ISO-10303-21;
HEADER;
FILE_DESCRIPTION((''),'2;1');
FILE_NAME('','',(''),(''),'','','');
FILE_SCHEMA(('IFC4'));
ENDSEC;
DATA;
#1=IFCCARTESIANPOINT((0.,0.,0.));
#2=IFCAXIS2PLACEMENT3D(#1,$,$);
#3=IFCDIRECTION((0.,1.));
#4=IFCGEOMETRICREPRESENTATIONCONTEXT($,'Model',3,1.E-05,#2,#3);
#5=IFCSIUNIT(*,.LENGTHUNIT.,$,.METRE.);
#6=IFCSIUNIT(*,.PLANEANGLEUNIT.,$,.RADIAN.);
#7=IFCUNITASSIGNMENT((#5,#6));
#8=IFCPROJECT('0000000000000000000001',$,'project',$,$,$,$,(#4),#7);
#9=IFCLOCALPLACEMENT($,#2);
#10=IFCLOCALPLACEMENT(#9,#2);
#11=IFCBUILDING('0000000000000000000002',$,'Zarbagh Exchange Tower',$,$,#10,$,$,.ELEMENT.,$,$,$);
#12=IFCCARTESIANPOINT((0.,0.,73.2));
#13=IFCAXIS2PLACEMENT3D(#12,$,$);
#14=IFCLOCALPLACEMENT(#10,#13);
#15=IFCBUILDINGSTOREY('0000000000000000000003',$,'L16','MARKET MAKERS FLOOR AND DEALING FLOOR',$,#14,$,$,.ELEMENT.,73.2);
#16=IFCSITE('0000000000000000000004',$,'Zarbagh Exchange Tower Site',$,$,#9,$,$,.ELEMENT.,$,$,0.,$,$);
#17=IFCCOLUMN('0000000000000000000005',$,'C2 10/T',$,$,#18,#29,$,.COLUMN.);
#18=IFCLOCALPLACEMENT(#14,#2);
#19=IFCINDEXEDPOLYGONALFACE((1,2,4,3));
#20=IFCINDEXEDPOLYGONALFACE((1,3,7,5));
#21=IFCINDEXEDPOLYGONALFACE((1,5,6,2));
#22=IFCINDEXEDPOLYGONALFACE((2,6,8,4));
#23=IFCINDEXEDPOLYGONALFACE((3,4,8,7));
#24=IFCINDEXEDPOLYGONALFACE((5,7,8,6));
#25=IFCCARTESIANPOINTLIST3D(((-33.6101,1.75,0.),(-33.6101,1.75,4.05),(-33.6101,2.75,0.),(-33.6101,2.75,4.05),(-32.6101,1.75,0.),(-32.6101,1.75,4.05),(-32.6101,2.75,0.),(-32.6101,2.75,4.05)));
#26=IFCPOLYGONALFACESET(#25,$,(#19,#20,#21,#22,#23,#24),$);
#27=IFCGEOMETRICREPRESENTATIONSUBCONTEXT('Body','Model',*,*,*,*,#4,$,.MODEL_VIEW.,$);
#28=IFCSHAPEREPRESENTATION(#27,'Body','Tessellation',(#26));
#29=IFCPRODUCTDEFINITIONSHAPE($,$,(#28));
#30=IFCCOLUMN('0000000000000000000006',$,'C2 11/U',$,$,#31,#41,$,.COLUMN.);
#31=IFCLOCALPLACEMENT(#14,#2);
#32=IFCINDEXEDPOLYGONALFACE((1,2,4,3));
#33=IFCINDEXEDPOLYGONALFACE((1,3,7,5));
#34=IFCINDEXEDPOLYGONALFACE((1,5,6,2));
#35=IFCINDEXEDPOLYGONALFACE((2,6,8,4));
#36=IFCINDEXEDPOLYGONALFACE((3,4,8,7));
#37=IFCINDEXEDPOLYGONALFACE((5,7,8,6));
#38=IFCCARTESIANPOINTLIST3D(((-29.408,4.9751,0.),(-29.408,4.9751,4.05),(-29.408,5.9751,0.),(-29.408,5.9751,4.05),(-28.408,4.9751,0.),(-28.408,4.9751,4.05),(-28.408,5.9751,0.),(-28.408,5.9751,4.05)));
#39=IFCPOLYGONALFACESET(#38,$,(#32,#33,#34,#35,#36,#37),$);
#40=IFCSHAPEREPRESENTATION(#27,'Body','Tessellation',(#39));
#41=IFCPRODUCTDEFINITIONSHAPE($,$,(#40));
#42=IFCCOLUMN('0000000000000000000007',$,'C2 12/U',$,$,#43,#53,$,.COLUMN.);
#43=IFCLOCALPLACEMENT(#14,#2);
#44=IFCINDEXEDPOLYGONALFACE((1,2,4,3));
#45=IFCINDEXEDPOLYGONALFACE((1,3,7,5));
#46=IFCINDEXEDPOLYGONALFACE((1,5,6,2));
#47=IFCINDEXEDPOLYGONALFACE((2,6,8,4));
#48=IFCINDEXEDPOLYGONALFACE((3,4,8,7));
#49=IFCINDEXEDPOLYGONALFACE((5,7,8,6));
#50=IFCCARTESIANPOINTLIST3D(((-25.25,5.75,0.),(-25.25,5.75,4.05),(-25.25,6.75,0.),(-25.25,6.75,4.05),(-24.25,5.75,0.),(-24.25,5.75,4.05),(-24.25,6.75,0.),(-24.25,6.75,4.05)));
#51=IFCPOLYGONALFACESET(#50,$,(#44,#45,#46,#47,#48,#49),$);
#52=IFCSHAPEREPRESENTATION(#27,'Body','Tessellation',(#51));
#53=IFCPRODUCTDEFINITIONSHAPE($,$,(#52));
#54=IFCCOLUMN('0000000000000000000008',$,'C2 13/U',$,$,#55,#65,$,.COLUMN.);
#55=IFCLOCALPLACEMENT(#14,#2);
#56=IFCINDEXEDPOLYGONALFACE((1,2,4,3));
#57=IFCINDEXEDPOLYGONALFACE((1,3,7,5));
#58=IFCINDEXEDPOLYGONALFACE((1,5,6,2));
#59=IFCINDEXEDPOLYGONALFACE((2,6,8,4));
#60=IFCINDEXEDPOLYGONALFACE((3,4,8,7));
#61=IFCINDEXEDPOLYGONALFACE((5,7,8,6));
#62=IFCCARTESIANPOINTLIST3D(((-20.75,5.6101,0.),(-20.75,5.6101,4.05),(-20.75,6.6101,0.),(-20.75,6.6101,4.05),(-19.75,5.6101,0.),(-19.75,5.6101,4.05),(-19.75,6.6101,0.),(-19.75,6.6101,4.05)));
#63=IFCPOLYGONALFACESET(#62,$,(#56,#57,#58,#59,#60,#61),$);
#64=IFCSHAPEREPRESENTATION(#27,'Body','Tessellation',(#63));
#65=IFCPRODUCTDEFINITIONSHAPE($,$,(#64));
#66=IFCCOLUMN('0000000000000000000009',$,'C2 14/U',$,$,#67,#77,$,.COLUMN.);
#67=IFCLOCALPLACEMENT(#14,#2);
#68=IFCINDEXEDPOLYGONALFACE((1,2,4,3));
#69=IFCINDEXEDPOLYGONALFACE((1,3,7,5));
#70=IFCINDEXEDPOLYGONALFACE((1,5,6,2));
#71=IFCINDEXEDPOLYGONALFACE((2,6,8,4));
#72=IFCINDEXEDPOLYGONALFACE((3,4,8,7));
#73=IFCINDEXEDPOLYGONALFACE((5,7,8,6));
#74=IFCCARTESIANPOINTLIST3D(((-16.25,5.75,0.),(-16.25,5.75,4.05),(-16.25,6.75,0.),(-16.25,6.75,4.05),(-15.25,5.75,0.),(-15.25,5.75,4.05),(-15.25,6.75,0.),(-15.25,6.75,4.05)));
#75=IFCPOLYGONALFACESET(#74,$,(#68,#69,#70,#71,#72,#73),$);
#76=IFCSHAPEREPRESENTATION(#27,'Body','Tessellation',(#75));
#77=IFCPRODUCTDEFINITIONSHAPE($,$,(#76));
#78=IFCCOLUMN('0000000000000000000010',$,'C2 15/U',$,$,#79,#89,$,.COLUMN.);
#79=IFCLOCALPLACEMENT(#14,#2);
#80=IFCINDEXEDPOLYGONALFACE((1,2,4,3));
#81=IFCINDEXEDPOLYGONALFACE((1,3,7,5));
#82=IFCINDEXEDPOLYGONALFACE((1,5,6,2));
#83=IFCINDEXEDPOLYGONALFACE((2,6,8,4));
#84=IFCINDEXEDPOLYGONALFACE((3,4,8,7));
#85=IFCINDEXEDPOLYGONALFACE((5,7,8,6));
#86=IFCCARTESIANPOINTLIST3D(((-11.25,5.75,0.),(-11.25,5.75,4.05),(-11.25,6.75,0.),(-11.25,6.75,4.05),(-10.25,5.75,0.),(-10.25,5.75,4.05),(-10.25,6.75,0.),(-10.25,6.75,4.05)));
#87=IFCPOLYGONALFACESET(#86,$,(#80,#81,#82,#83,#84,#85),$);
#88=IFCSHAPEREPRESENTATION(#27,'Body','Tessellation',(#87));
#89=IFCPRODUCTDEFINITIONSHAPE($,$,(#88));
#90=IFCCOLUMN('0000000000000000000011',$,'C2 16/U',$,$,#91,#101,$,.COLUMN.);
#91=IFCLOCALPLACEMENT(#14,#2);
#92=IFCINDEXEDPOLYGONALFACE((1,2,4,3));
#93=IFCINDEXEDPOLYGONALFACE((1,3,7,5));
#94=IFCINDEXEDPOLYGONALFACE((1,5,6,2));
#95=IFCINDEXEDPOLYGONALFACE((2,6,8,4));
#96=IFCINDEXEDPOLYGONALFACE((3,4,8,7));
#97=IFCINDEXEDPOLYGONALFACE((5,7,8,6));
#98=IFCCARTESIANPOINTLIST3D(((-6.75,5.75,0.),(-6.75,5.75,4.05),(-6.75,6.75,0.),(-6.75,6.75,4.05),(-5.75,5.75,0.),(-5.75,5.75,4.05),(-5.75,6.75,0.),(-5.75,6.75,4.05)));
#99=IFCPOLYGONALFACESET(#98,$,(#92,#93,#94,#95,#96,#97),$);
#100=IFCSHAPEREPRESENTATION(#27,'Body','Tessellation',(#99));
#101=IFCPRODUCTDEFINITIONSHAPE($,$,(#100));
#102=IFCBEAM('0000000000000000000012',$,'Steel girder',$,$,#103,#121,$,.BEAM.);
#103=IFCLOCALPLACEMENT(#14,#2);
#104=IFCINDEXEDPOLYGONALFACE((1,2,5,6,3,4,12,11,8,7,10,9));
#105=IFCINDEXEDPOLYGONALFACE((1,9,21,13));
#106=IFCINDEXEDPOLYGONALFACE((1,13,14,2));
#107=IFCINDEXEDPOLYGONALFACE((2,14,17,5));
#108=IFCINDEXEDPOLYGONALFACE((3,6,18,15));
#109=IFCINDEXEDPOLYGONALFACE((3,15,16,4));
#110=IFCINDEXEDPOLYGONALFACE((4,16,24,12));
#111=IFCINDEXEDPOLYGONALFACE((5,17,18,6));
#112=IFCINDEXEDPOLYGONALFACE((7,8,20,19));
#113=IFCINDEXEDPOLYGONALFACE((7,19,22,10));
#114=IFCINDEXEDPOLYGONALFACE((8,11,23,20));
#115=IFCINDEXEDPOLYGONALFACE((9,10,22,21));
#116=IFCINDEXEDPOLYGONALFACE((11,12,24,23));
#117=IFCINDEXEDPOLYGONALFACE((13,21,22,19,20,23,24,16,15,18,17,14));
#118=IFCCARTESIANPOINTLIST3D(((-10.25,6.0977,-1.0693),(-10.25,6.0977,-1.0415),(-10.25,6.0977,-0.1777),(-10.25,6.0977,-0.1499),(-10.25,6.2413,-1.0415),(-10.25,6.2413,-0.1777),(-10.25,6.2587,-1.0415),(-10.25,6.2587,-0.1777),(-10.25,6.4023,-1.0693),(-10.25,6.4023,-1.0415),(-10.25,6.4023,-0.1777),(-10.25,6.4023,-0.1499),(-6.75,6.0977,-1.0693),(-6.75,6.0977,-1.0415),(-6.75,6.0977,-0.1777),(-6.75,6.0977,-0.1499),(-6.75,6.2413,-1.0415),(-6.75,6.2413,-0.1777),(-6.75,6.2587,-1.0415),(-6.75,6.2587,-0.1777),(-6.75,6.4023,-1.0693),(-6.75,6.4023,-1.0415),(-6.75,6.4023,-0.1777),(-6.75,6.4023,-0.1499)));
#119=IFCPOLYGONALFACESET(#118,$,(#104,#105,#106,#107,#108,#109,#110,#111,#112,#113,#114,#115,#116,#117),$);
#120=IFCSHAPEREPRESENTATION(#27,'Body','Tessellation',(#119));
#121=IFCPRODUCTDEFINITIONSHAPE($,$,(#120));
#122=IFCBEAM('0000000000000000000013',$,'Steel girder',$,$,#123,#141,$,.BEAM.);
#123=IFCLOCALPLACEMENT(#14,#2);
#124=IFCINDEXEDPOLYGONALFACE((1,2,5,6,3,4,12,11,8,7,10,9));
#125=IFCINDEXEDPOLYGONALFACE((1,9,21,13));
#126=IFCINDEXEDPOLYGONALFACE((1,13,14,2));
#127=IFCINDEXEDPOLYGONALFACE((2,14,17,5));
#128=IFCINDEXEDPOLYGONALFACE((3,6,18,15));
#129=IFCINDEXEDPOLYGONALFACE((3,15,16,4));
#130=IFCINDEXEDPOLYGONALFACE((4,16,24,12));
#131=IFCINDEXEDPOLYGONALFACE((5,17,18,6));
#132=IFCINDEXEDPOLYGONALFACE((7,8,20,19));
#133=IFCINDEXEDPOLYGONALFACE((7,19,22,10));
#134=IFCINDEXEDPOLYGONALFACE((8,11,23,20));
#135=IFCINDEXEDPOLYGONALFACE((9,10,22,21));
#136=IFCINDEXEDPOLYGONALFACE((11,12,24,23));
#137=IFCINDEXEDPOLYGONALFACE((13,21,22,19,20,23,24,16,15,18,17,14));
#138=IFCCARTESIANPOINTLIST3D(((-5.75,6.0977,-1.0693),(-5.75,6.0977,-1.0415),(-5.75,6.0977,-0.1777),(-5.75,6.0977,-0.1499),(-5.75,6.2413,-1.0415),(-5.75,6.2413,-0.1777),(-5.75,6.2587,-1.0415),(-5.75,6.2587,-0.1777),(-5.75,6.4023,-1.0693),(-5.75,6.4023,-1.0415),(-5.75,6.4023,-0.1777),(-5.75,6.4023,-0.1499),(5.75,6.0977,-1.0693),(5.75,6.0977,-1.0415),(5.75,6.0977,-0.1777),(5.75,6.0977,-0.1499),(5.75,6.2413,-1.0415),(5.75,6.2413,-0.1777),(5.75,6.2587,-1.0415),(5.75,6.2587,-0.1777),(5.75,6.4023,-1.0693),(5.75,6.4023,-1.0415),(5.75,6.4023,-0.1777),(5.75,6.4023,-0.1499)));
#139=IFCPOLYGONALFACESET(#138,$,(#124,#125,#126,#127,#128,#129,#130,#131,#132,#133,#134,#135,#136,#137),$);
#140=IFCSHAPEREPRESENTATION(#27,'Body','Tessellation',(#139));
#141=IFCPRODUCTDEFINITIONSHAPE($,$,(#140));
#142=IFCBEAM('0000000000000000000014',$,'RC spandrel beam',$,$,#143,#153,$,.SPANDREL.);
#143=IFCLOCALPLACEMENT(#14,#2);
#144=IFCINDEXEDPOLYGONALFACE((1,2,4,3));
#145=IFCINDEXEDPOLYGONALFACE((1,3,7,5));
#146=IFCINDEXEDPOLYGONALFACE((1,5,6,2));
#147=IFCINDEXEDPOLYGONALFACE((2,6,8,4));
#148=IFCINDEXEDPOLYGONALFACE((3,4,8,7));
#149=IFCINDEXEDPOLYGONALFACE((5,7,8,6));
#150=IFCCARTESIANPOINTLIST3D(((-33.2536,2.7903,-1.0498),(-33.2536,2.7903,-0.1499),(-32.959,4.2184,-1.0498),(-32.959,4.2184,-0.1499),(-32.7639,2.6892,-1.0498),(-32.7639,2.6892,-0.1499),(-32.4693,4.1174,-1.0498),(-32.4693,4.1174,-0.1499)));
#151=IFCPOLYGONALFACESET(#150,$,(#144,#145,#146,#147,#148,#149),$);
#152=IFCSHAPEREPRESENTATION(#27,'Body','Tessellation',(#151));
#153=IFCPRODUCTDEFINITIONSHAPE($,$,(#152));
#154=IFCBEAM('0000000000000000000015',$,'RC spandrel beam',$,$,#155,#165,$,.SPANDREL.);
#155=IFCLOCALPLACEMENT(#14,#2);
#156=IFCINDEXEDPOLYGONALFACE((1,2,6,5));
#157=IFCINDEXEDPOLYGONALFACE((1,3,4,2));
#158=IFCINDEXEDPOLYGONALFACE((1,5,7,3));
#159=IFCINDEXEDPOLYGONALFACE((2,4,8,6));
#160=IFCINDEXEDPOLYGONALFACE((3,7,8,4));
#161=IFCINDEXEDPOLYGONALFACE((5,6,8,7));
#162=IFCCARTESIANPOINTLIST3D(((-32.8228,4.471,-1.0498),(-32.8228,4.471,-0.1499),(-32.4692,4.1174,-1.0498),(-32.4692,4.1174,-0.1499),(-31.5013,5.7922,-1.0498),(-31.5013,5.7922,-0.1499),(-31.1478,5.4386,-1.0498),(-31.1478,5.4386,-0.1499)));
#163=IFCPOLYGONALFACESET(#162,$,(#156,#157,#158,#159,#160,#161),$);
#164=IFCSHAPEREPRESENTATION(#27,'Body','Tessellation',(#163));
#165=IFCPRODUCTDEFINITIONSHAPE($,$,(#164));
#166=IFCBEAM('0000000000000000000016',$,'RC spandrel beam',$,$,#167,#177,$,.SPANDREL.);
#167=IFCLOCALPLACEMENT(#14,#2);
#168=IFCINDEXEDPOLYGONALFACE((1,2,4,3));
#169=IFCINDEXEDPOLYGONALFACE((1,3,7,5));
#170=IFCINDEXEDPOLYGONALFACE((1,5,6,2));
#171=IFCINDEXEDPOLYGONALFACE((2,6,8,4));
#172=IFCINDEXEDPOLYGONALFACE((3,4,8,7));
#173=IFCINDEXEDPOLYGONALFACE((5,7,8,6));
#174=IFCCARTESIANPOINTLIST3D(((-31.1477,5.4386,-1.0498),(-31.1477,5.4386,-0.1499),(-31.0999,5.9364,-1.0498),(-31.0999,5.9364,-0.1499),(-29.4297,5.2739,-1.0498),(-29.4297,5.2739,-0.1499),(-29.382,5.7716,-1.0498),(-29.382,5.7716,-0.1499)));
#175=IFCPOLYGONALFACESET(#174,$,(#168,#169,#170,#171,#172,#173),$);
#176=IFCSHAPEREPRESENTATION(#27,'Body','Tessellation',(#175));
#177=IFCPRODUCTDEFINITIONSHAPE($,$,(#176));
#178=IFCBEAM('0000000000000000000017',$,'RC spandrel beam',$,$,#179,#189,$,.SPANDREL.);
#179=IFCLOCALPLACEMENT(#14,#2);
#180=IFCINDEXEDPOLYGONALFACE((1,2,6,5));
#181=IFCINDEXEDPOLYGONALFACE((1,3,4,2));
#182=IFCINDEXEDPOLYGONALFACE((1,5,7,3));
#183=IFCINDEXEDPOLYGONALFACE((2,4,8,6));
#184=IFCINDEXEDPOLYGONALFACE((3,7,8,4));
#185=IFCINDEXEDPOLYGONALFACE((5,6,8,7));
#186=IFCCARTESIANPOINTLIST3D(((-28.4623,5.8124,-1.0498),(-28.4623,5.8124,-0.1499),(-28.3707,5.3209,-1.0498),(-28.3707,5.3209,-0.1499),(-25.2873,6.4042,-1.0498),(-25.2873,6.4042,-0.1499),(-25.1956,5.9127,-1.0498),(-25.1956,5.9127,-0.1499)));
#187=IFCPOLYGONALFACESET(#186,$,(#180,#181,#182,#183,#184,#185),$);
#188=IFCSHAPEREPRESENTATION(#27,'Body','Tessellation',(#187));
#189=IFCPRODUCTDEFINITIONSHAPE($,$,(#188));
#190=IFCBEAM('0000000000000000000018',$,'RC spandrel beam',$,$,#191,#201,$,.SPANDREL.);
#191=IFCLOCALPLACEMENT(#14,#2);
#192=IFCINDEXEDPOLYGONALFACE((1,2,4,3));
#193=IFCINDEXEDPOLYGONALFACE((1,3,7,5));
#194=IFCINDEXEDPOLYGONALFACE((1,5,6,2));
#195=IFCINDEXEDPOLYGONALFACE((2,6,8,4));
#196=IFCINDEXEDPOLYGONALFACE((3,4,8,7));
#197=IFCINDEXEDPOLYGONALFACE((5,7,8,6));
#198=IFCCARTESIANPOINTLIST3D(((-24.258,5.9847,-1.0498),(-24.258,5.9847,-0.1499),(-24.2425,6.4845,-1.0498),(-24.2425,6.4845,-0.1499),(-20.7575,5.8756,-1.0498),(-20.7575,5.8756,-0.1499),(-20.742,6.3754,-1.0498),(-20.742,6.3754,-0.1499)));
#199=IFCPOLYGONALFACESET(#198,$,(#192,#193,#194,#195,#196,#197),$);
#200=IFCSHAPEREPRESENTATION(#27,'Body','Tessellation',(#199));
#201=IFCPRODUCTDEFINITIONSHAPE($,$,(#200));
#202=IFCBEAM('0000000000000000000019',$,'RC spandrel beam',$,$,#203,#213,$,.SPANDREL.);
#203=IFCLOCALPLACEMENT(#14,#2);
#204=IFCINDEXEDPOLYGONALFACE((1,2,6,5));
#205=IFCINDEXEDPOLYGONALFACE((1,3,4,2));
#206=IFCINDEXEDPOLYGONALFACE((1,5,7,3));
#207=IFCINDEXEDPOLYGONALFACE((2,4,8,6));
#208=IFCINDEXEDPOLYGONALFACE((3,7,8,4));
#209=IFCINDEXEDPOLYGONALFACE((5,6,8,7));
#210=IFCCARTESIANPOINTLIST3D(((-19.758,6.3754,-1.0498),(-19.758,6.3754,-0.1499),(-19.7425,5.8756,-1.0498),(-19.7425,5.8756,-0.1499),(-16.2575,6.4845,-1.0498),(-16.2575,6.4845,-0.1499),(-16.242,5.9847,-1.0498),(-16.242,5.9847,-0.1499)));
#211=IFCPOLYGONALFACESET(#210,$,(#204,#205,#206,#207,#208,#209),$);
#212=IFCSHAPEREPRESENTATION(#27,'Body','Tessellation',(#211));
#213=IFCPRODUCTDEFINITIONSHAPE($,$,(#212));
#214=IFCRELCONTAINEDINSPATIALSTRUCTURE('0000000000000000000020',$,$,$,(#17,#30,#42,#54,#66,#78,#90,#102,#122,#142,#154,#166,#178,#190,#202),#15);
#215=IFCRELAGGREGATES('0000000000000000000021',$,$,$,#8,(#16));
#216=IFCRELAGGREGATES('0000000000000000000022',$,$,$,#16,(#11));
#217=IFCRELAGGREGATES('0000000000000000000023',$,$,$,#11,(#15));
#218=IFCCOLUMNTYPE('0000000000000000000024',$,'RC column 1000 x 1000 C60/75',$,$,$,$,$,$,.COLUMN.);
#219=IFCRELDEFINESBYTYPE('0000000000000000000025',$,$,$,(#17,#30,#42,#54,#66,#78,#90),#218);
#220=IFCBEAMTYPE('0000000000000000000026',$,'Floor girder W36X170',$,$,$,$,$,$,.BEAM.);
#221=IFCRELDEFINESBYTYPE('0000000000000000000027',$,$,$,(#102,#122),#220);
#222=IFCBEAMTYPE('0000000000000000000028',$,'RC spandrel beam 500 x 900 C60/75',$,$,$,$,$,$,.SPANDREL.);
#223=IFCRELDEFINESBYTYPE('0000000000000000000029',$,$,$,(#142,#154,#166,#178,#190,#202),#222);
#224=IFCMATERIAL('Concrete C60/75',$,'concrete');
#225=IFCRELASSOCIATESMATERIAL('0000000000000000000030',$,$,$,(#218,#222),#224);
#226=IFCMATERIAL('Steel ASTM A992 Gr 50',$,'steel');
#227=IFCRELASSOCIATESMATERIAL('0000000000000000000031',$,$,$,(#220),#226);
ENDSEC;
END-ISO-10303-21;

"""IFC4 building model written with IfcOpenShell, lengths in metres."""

from ifc_helpers import new_model, si_unit, direction, frame, origin, origin_2d, place, context, subcontext, project, spatial, rectangle, i_section, extrude, material, material_profile, profile_set, type_object, element, save


model = new_model("IFC4")

# Units and contexts
model_context = context("Model", 3, precision=1e-05, world=origin(), true_north=direction((0.0, 1.0)))
body_context = subcontext(model_context, "Body", "Model", "MODEL_VIEW")
ifc_project = project(units=[si_unit("LENGTHUNIT", "METRE"), si_unit("PLANEANGLEUNIT", "RADIAN")], contexts=[model_context])

# Site, building, storey
site_placement = place(None, origin())
site = spatial("IfcSite", under=ifc_project, at=site_placement, Name="Zarbagh Exchange Tower Site", CompositionType="ELEMENT", RefElevation=0.0)
building_placement = place(site_placement, origin())
building = spatial("IfcBuilding", under=site, at=building_placement, Name="Zarbagh Exchange Tower", CompositionType="ELEMENT")
storey_placement = place(building_placement, frame((0.0, 0.0, 73.2)))
storey = spatial("IfcBuildingStorey", under=building, at=storey_placement, Name="L16", Description="MARKET MAKERS FLOOR AND DEALING FLOOR", CompositionType="ELEMENT", Elevation=73.2)

# Columns
ifc_material_1 = material(Name="Concrete C60/75", Category="concrete")
ifc_material_profile_1 = material_profile(ifc_material_1, rectangle(XDim=1.0, YDim=1.0, at=origin_2d()), Name="RC column 1000 x 1000 C60/75")
ifc_profile_set_1 = profile_set([ifc_material_profile_1], Name="Concrete C60/75")
column_type = type_object("IfcColumnType", Name="RC column 1000 x 1000 C60/75", PredefinedType="COLUMN", material=ifc_profile_set_1)
for number, where, z_axis, x_axis, name in (
    (1, (-33.1101, 2.25, 0.0), (0.0, 0.0, 1.0), (1.0, 0.0, 0.0), "C2 10/T"),
    (2, (-28.908, 5.4751, 0.0), (0.0, 0.0, 1.0), (1.0, 0.0, 0.0), "C2 11/U"),
    (3, (-24.75, 6.25, 0.0), (0.0, 0.0, 1.0), (1.0, 0.0, 0.0), "C2 12/U"),
    (4, (-20.25, 6.1101, 0.0), (0.0, 0.0, 1.0), (1.0, 0.0, 0.0), "C2 13/U"),
    (5, (-15.75, 6.25, 0.0), (0.0, 0.0, 1.0), (1.0, 0.0, 0.0), "C2 14/U"),
    (6, (-10.75, 6.25, 0.0), (0.0, 0.0, 1.0), (1.0, 0.0, 0.0), "C2 15/U"),
    (7, (-6.25, 6.25, 0.0), (0.0, 0.0, 1.0), (1.0, 0.0, 0.0), "C2 16/U"),
):
    element("IfcColumn", number, at=place(storey_placement, frame(where, z_axis=z_axis, x_axis=x_axis)), inside=storey, type_object=column_type, Name=name, PredefinedType="COLUMN", context=body_context, shape_type="SweptSolid", body=[
        extrude(rectangle(XDim=1.0, YDim=1.0, at=origin_2d()), origin(), (0.0, 0.0, 1.0), 4.05),
    ])

# Beams
ifc_material_2 = material(Name="Steel ASTM A992 Gr 50", Category="steel")
ifc_material_profile_2 = material_profile(ifc_material_2, i_section(OverallWidth=0.3047, OverallDepth=0.9194, WebThickness=0.0173, FlangeThickness=0.0278, at=origin_2d()), Name="W36X170")
ifc_profile_set_2 = profile_set([ifc_material_profile_2], Name="Steel ASTM A992 Gr 50")
beam_type_1 = type_object("IfcBeamType", Name="Floor girder W36X170", PredefinedType="BEAM", material=ifc_profile_set_2)
beam_1_placement = place(storey_placement, frame((-10.25, 6.25, -0.6096), z_axis=(1.0, 0.0, 0.0), x_axis=(0.0, 1.0, 0.0)))
element("IfcBeam", 8, at=beam_1_placement, inside=storey, type_object=beam_type_1, Name="Steel girder", PredefinedType="BEAM", context=body_context, shape_type="SweptSolid", body=[
    extrude(i_section(OverallWidth=0.3047, OverallDepth=0.9194, WebThickness=0.0173, FlangeThickness=0.0278, at=origin_2d()), origin(), (0.0, 0.0, 1.0), 3.5),
])
beam_2_placement = place(storey_placement, frame((-5.75, 6.25, -0.6096), z_axis=(1.0, 0.0, 0.0), x_axis=(0.0, 1.0, 0.0)))
element("IfcBeam", 9, at=beam_2_placement, inside=storey, type_object=beam_type_1, Name="Steel girder", PredefinedType="BEAM", context=body_context, shape_type="SweptSolid", body=[
    extrude(i_section(OverallWidth=0.3047, OverallDepth=0.9194, WebThickness=0.0173, FlangeThickness=0.0278, at=origin_2d()), origin(), (0.0, 0.0, 1.0), 11.5),
])
ifc_material_profile_3 = material_profile(ifc_material_1, rectangle(XDim=0.5, YDim=0.8999, at=origin_2d()), Name="RC spandrel beam 500 x 900 C60/75")
ifc_profile_set_3 = profile_set([ifc_material_profile_3], Name="Concrete C60/75")
beam_type_2 = type_object("IfcBeamType", Name="RC spandrel beam 500 x 900 C60/75", PredefinedType="SPANDREL", material=ifc_profile_set_3)
beam_3_placement = place(storey_placement, frame((-33.0088, 2.7397, -0.5999), z_axis=(0.202069, 0.979371, 0.0), x_axis=(-0.979371, 0.202069, 0.0)))
element("IfcBeam", 10, at=beam_3_placement, inside=storey, type_object=beam_type_2, Name="RC spandrel beam", PredefinedType="SPANDREL", context=body_context, shape_type="SweptSolid", body=[
    extrude(rectangle(XDim=0.5, YDim=0.8999, at=origin_2d()), origin(), (0.0, 0.0, 1.0), 1.4583),
])
beam_4_placement = place(storey_placement, frame((-32.646, 4.2942, -0.5999), z_axis=(0.707172, 0.707041, 0.0), x_axis=(-0.707041, 0.707172, 0.0)))
element("IfcBeam", 11, at=beam_4_placement, inside=storey, type_object=beam_type_2, Name="RC spandrel beam", PredefinedType="SPANDREL", context=body_context, shape_type="SweptSolid", body=[
    extrude(rectangle(XDim=0.5, YDim=0.8999, at=origin_2d()), origin(), (0.0, 0.0, 1.0), 1.8687),
])
beam_5_placement = place(storey_placement, frame((-31.1238, 5.6875, -0.5999), z_axis=(0.995431, -0.095483, 0.0), x_axis=(0.095483, 0.995431, 0.0)))
element("IfcBeam", 12, at=beam_5_placement, inside=storey, type_object=beam_type_2, Name="RC spandrel beam", PredefinedType="SPANDREL", context=body_context, shape_type="SweptSolid", body=[
    extrude(rectangle(XDim=0.5, YDim=0.8999, at=origin_2d()), origin(), (0.0, 0.0, 1.0), 1.7258),
])
beam_6_placement = place(storey_placement, frame((-28.4165, 5.5667, -0.5999), z_axis=(0.983069, 0.183234, 0.0), x_axis=(-0.183234, 0.983069, 0.0)))
element("IfcBeam", 13, at=beam_6_placement, inside=storey, type_object=beam_type_2, Name="RC spandrel beam", PredefinedType="SPANDREL", context=body_context, shape_type="SweptSolid", body=[
    extrude(rectangle(XDim=0.5, YDim=0.8999, at=origin_2d()), origin(), (0.0, 0.0, 1.0), 3.2297),
])
for number, where, z_axis, x_axis, name in (
    (14, (-24.2502, 6.2346, -0.5999), (0.999514, -0.031161, 0.0), (0.031161, 0.999514, 0.0), "RC spandrel beam"),
    (15, (-19.7502, 6.1255, -0.5999), (0.999514, 0.031161, 0.0), (-0.031161, 0.999514, 0.0), "RC spandrel beam"),
):
    element("IfcBeam", number, at=place(storey_placement, frame(where, z_axis=z_axis, x_axis=x_axis)), inside=storey, type_object=beam_type_2, Name=name, PredefinedType="SPANDREL", context=body_context, shape_type="SweptSolid", body=[
        extrude(rectangle(XDim=0.5, YDim=0.8999, at=origin_2d()), origin(), (0.0, 0.0, 1.0), 3.5022),
    ])

save(model, "model.ifc")
